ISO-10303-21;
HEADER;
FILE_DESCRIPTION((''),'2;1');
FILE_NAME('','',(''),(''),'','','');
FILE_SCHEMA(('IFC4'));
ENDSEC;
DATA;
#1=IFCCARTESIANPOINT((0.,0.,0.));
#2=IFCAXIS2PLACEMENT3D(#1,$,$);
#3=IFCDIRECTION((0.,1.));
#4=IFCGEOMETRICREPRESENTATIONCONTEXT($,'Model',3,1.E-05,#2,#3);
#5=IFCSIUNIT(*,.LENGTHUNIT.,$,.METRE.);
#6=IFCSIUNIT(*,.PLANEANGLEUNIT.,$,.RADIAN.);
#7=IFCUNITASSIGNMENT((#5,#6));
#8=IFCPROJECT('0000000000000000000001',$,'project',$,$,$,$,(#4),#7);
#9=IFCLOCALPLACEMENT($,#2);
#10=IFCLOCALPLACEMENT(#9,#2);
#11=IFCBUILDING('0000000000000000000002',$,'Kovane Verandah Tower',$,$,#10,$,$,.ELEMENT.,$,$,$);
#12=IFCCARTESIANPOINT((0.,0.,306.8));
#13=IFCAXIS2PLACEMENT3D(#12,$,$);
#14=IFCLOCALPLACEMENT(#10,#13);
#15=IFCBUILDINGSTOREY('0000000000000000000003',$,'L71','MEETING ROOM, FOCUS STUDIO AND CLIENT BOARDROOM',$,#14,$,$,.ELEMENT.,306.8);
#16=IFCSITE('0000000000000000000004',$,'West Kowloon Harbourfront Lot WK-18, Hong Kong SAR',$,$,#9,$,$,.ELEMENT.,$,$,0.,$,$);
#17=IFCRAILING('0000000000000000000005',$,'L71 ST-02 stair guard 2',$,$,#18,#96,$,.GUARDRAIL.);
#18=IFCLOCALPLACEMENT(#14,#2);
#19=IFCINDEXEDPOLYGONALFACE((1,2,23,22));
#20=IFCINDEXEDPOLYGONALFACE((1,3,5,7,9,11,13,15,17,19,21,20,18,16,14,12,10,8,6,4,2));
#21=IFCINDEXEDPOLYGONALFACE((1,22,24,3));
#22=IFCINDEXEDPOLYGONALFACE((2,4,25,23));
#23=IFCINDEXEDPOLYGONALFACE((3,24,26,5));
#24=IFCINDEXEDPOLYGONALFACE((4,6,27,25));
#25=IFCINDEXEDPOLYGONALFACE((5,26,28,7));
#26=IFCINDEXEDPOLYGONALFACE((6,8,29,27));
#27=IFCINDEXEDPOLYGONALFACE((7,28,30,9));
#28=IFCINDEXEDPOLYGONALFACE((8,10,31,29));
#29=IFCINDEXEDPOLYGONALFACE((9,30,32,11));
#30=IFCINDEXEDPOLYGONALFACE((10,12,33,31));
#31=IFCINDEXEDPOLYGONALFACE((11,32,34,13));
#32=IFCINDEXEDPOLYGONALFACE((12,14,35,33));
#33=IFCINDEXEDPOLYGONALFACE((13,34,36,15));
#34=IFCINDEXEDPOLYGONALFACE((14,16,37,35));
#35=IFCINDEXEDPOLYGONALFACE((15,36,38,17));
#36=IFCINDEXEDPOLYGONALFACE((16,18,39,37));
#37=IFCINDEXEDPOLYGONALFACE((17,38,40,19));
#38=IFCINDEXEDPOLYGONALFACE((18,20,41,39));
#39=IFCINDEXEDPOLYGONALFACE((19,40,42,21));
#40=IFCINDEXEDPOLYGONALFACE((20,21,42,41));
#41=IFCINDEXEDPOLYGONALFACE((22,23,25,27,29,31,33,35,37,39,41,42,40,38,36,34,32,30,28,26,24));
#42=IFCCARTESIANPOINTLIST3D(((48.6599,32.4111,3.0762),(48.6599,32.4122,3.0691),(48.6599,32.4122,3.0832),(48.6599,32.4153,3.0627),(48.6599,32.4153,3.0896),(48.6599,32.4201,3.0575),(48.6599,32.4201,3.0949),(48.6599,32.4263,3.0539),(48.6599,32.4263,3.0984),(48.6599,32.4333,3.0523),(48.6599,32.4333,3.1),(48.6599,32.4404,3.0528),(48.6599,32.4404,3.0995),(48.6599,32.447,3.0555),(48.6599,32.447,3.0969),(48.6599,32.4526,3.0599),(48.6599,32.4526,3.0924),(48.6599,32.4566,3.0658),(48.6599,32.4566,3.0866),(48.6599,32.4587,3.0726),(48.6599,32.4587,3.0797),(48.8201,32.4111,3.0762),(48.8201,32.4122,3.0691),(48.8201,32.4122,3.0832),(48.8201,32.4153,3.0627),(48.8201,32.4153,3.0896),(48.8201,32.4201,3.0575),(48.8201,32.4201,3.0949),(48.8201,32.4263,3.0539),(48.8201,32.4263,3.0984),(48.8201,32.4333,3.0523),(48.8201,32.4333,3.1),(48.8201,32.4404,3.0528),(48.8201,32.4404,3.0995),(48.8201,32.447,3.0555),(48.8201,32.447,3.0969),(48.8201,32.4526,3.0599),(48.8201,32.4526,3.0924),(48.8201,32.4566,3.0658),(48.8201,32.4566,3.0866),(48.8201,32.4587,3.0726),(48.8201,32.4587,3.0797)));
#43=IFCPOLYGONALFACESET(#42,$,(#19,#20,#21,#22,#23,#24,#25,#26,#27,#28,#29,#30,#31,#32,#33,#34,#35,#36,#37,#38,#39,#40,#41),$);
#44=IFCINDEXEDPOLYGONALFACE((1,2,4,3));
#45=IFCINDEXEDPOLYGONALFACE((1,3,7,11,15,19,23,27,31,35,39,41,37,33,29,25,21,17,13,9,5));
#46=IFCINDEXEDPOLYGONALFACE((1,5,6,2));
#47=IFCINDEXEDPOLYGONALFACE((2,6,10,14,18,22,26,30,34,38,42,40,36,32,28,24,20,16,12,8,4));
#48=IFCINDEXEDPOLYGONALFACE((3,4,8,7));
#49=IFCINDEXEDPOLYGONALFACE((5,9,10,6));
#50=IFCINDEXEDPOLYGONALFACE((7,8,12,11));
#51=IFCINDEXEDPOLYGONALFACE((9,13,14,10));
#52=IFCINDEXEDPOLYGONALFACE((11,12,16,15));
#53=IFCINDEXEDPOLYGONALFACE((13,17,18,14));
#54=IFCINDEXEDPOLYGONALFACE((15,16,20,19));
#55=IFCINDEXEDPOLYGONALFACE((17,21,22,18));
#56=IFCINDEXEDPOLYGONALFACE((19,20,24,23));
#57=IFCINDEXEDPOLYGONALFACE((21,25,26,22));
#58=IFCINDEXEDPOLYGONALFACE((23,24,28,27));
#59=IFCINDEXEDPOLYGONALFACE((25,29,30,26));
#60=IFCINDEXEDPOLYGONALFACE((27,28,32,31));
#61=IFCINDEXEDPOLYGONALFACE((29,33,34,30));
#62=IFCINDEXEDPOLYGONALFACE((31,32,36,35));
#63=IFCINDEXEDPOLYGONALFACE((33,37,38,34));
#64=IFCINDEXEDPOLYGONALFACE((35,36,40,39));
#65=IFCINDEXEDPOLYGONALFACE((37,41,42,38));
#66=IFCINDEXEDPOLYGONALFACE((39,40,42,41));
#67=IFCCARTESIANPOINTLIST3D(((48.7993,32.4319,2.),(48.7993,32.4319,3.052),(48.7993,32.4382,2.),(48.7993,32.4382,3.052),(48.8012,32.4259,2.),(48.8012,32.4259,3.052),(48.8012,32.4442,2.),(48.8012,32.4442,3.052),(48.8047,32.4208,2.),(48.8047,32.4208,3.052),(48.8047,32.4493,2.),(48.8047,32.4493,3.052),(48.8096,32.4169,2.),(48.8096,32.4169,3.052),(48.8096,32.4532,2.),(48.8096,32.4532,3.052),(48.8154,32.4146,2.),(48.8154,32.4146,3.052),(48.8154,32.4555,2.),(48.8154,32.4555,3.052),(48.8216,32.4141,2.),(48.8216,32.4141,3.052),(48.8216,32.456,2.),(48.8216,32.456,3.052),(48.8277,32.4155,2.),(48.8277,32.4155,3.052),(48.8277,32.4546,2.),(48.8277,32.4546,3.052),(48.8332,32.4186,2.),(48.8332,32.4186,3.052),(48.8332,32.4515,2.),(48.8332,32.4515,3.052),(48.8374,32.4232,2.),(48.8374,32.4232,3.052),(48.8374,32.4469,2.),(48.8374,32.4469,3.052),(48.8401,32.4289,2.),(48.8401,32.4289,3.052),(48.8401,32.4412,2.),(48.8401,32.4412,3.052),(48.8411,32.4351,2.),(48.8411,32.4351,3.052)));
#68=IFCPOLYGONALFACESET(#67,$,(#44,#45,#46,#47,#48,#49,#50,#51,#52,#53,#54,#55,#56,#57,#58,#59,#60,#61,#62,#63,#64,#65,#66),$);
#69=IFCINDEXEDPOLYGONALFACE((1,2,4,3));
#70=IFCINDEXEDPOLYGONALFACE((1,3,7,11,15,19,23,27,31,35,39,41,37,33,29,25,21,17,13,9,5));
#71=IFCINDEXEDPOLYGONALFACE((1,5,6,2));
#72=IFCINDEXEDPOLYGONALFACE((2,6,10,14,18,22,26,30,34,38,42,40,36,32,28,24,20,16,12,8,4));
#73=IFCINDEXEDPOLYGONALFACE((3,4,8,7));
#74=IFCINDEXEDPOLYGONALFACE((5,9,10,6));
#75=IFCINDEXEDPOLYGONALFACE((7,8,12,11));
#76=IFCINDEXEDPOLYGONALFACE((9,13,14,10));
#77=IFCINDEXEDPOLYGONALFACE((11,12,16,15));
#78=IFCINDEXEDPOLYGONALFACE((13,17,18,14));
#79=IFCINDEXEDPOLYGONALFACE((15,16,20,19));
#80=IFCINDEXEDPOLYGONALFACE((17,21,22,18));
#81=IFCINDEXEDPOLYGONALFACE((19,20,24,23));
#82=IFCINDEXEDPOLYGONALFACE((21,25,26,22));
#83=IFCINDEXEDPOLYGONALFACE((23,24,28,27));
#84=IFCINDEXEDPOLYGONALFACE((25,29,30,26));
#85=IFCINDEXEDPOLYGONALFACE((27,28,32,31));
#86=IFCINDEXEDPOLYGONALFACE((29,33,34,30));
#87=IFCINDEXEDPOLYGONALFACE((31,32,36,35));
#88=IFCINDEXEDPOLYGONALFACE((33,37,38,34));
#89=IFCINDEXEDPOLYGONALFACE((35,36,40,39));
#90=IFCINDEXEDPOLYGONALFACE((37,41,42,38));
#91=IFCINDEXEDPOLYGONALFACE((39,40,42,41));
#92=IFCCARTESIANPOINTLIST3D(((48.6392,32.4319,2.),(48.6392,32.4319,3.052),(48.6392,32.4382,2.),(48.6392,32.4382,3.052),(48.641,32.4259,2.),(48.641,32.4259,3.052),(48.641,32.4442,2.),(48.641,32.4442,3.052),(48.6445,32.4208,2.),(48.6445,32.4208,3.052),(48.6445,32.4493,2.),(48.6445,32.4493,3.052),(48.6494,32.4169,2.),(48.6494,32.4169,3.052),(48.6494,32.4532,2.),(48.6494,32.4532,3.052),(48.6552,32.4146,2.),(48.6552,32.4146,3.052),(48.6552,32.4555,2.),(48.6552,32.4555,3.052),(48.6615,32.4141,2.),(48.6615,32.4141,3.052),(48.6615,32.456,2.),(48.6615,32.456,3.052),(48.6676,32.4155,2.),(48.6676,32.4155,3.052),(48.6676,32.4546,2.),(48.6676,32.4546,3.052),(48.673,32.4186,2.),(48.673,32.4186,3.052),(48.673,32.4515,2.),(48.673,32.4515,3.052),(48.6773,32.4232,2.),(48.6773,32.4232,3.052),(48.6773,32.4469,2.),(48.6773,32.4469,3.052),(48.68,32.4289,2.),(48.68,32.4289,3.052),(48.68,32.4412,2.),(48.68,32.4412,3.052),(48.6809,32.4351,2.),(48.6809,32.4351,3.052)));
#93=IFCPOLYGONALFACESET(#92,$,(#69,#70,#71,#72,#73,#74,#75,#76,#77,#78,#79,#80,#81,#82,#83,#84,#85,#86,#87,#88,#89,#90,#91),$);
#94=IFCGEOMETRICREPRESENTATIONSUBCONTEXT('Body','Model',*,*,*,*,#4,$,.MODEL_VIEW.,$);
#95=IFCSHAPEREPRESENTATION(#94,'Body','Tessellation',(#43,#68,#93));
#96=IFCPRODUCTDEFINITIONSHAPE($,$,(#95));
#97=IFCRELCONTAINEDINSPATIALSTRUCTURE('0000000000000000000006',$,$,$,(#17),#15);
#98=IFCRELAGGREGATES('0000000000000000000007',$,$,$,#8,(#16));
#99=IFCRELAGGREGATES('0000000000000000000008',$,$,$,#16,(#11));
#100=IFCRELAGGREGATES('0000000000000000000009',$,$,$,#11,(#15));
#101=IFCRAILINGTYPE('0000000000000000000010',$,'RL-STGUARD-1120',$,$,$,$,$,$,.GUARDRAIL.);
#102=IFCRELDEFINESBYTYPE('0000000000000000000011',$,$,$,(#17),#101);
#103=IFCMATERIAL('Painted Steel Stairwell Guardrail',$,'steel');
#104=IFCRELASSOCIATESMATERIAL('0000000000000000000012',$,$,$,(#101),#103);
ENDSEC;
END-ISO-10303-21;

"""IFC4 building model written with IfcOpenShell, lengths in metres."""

from ifc_helpers import new_model, si_unit, direction, frame, origin, origin_2d, place, context, subcontext, project, spatial, circle, extrude, material, type_object, element, save


model = new_model("IFC4")

# Units and contexts
model_context = context("Model", 3, precision=1e-05, world=origin(), true_north=direction((0.0, 1.0)))
body_context = subcontext(model_context, "Body", "Model", "MODEL_VIEW")
ifc_project = project(units=[si_unit("LENGTHUNIT", "METRE"), si_unit("PLANEANGLEUNIT", "RADIAN")], contexts=[model_context])

# Site, building, storey
site_placement = place(None, origin())
site = spatial("IfcSite", under=ifc_project, at=site_placement, Name="West Kowloon Harbourfront Lot WK-18, Hong Kong SAR", CompositionType="ELEMENT", RefElevation=0.0)
building_placement = place(site_placement, origin())
building = spatial("IfcBuilding", under=site, at=building_placement, Name="Kovane Verandah Tower", CompositionType="ELEMENT")
storey_placement = place(building_placement, frame((0.0, 0.0, 306.8)))
storey = spatial("IfcBuildingStorey", under=building, at=storey_placement, Name="L71", Description="MEETING ROOM, FOCUS STUDIO AND CLIENT BOARDROOM", CompositionType="ELEMENT", Elevation=306.8)

# Railing
ifc_material_1 = material(Name="Painted Steel Stairwell Guardrail", Category="steel")
railing_type_1 = type_object("IfcRailingType", Name="RL-STGUARD-1120", PredefinedType="GUARDRAIL", material=ifc_material_1)
railing_1_placement = place(storey_placement, frame((48.8201, 32.4351, 2.0)))
element("IfcRailing", 1, at=railing_1_placement, inside=storey, type_object=railing_type_1, Name="L71 ST-02 stair guard 2", PredefinedType="GUARDRAIL", context=body_context, shape_type="SweptSolid", body=[
    extrude(circle(Radius=0.0239, at=origin_2d()), frame((0.0, 0.0, 1.0762), z_axis=(-1.0, 0.0, 0.0), x_axis=(0.0, -1.0, 0.0)), (0.0, 0.0, 1.0), 0.1602),
    extrude(circle(Radius=0.021, at=origin_2d()), origin(), (0.0, 0.0, 1.0), 1.052),
    extrude(circle(Radius=0.021, at=origin_2d()), frame((-0.1602, 0.0, 0.0)), (0.0, 0.0, 1.0), 1.052),
])

save(model, "model.ifc")
